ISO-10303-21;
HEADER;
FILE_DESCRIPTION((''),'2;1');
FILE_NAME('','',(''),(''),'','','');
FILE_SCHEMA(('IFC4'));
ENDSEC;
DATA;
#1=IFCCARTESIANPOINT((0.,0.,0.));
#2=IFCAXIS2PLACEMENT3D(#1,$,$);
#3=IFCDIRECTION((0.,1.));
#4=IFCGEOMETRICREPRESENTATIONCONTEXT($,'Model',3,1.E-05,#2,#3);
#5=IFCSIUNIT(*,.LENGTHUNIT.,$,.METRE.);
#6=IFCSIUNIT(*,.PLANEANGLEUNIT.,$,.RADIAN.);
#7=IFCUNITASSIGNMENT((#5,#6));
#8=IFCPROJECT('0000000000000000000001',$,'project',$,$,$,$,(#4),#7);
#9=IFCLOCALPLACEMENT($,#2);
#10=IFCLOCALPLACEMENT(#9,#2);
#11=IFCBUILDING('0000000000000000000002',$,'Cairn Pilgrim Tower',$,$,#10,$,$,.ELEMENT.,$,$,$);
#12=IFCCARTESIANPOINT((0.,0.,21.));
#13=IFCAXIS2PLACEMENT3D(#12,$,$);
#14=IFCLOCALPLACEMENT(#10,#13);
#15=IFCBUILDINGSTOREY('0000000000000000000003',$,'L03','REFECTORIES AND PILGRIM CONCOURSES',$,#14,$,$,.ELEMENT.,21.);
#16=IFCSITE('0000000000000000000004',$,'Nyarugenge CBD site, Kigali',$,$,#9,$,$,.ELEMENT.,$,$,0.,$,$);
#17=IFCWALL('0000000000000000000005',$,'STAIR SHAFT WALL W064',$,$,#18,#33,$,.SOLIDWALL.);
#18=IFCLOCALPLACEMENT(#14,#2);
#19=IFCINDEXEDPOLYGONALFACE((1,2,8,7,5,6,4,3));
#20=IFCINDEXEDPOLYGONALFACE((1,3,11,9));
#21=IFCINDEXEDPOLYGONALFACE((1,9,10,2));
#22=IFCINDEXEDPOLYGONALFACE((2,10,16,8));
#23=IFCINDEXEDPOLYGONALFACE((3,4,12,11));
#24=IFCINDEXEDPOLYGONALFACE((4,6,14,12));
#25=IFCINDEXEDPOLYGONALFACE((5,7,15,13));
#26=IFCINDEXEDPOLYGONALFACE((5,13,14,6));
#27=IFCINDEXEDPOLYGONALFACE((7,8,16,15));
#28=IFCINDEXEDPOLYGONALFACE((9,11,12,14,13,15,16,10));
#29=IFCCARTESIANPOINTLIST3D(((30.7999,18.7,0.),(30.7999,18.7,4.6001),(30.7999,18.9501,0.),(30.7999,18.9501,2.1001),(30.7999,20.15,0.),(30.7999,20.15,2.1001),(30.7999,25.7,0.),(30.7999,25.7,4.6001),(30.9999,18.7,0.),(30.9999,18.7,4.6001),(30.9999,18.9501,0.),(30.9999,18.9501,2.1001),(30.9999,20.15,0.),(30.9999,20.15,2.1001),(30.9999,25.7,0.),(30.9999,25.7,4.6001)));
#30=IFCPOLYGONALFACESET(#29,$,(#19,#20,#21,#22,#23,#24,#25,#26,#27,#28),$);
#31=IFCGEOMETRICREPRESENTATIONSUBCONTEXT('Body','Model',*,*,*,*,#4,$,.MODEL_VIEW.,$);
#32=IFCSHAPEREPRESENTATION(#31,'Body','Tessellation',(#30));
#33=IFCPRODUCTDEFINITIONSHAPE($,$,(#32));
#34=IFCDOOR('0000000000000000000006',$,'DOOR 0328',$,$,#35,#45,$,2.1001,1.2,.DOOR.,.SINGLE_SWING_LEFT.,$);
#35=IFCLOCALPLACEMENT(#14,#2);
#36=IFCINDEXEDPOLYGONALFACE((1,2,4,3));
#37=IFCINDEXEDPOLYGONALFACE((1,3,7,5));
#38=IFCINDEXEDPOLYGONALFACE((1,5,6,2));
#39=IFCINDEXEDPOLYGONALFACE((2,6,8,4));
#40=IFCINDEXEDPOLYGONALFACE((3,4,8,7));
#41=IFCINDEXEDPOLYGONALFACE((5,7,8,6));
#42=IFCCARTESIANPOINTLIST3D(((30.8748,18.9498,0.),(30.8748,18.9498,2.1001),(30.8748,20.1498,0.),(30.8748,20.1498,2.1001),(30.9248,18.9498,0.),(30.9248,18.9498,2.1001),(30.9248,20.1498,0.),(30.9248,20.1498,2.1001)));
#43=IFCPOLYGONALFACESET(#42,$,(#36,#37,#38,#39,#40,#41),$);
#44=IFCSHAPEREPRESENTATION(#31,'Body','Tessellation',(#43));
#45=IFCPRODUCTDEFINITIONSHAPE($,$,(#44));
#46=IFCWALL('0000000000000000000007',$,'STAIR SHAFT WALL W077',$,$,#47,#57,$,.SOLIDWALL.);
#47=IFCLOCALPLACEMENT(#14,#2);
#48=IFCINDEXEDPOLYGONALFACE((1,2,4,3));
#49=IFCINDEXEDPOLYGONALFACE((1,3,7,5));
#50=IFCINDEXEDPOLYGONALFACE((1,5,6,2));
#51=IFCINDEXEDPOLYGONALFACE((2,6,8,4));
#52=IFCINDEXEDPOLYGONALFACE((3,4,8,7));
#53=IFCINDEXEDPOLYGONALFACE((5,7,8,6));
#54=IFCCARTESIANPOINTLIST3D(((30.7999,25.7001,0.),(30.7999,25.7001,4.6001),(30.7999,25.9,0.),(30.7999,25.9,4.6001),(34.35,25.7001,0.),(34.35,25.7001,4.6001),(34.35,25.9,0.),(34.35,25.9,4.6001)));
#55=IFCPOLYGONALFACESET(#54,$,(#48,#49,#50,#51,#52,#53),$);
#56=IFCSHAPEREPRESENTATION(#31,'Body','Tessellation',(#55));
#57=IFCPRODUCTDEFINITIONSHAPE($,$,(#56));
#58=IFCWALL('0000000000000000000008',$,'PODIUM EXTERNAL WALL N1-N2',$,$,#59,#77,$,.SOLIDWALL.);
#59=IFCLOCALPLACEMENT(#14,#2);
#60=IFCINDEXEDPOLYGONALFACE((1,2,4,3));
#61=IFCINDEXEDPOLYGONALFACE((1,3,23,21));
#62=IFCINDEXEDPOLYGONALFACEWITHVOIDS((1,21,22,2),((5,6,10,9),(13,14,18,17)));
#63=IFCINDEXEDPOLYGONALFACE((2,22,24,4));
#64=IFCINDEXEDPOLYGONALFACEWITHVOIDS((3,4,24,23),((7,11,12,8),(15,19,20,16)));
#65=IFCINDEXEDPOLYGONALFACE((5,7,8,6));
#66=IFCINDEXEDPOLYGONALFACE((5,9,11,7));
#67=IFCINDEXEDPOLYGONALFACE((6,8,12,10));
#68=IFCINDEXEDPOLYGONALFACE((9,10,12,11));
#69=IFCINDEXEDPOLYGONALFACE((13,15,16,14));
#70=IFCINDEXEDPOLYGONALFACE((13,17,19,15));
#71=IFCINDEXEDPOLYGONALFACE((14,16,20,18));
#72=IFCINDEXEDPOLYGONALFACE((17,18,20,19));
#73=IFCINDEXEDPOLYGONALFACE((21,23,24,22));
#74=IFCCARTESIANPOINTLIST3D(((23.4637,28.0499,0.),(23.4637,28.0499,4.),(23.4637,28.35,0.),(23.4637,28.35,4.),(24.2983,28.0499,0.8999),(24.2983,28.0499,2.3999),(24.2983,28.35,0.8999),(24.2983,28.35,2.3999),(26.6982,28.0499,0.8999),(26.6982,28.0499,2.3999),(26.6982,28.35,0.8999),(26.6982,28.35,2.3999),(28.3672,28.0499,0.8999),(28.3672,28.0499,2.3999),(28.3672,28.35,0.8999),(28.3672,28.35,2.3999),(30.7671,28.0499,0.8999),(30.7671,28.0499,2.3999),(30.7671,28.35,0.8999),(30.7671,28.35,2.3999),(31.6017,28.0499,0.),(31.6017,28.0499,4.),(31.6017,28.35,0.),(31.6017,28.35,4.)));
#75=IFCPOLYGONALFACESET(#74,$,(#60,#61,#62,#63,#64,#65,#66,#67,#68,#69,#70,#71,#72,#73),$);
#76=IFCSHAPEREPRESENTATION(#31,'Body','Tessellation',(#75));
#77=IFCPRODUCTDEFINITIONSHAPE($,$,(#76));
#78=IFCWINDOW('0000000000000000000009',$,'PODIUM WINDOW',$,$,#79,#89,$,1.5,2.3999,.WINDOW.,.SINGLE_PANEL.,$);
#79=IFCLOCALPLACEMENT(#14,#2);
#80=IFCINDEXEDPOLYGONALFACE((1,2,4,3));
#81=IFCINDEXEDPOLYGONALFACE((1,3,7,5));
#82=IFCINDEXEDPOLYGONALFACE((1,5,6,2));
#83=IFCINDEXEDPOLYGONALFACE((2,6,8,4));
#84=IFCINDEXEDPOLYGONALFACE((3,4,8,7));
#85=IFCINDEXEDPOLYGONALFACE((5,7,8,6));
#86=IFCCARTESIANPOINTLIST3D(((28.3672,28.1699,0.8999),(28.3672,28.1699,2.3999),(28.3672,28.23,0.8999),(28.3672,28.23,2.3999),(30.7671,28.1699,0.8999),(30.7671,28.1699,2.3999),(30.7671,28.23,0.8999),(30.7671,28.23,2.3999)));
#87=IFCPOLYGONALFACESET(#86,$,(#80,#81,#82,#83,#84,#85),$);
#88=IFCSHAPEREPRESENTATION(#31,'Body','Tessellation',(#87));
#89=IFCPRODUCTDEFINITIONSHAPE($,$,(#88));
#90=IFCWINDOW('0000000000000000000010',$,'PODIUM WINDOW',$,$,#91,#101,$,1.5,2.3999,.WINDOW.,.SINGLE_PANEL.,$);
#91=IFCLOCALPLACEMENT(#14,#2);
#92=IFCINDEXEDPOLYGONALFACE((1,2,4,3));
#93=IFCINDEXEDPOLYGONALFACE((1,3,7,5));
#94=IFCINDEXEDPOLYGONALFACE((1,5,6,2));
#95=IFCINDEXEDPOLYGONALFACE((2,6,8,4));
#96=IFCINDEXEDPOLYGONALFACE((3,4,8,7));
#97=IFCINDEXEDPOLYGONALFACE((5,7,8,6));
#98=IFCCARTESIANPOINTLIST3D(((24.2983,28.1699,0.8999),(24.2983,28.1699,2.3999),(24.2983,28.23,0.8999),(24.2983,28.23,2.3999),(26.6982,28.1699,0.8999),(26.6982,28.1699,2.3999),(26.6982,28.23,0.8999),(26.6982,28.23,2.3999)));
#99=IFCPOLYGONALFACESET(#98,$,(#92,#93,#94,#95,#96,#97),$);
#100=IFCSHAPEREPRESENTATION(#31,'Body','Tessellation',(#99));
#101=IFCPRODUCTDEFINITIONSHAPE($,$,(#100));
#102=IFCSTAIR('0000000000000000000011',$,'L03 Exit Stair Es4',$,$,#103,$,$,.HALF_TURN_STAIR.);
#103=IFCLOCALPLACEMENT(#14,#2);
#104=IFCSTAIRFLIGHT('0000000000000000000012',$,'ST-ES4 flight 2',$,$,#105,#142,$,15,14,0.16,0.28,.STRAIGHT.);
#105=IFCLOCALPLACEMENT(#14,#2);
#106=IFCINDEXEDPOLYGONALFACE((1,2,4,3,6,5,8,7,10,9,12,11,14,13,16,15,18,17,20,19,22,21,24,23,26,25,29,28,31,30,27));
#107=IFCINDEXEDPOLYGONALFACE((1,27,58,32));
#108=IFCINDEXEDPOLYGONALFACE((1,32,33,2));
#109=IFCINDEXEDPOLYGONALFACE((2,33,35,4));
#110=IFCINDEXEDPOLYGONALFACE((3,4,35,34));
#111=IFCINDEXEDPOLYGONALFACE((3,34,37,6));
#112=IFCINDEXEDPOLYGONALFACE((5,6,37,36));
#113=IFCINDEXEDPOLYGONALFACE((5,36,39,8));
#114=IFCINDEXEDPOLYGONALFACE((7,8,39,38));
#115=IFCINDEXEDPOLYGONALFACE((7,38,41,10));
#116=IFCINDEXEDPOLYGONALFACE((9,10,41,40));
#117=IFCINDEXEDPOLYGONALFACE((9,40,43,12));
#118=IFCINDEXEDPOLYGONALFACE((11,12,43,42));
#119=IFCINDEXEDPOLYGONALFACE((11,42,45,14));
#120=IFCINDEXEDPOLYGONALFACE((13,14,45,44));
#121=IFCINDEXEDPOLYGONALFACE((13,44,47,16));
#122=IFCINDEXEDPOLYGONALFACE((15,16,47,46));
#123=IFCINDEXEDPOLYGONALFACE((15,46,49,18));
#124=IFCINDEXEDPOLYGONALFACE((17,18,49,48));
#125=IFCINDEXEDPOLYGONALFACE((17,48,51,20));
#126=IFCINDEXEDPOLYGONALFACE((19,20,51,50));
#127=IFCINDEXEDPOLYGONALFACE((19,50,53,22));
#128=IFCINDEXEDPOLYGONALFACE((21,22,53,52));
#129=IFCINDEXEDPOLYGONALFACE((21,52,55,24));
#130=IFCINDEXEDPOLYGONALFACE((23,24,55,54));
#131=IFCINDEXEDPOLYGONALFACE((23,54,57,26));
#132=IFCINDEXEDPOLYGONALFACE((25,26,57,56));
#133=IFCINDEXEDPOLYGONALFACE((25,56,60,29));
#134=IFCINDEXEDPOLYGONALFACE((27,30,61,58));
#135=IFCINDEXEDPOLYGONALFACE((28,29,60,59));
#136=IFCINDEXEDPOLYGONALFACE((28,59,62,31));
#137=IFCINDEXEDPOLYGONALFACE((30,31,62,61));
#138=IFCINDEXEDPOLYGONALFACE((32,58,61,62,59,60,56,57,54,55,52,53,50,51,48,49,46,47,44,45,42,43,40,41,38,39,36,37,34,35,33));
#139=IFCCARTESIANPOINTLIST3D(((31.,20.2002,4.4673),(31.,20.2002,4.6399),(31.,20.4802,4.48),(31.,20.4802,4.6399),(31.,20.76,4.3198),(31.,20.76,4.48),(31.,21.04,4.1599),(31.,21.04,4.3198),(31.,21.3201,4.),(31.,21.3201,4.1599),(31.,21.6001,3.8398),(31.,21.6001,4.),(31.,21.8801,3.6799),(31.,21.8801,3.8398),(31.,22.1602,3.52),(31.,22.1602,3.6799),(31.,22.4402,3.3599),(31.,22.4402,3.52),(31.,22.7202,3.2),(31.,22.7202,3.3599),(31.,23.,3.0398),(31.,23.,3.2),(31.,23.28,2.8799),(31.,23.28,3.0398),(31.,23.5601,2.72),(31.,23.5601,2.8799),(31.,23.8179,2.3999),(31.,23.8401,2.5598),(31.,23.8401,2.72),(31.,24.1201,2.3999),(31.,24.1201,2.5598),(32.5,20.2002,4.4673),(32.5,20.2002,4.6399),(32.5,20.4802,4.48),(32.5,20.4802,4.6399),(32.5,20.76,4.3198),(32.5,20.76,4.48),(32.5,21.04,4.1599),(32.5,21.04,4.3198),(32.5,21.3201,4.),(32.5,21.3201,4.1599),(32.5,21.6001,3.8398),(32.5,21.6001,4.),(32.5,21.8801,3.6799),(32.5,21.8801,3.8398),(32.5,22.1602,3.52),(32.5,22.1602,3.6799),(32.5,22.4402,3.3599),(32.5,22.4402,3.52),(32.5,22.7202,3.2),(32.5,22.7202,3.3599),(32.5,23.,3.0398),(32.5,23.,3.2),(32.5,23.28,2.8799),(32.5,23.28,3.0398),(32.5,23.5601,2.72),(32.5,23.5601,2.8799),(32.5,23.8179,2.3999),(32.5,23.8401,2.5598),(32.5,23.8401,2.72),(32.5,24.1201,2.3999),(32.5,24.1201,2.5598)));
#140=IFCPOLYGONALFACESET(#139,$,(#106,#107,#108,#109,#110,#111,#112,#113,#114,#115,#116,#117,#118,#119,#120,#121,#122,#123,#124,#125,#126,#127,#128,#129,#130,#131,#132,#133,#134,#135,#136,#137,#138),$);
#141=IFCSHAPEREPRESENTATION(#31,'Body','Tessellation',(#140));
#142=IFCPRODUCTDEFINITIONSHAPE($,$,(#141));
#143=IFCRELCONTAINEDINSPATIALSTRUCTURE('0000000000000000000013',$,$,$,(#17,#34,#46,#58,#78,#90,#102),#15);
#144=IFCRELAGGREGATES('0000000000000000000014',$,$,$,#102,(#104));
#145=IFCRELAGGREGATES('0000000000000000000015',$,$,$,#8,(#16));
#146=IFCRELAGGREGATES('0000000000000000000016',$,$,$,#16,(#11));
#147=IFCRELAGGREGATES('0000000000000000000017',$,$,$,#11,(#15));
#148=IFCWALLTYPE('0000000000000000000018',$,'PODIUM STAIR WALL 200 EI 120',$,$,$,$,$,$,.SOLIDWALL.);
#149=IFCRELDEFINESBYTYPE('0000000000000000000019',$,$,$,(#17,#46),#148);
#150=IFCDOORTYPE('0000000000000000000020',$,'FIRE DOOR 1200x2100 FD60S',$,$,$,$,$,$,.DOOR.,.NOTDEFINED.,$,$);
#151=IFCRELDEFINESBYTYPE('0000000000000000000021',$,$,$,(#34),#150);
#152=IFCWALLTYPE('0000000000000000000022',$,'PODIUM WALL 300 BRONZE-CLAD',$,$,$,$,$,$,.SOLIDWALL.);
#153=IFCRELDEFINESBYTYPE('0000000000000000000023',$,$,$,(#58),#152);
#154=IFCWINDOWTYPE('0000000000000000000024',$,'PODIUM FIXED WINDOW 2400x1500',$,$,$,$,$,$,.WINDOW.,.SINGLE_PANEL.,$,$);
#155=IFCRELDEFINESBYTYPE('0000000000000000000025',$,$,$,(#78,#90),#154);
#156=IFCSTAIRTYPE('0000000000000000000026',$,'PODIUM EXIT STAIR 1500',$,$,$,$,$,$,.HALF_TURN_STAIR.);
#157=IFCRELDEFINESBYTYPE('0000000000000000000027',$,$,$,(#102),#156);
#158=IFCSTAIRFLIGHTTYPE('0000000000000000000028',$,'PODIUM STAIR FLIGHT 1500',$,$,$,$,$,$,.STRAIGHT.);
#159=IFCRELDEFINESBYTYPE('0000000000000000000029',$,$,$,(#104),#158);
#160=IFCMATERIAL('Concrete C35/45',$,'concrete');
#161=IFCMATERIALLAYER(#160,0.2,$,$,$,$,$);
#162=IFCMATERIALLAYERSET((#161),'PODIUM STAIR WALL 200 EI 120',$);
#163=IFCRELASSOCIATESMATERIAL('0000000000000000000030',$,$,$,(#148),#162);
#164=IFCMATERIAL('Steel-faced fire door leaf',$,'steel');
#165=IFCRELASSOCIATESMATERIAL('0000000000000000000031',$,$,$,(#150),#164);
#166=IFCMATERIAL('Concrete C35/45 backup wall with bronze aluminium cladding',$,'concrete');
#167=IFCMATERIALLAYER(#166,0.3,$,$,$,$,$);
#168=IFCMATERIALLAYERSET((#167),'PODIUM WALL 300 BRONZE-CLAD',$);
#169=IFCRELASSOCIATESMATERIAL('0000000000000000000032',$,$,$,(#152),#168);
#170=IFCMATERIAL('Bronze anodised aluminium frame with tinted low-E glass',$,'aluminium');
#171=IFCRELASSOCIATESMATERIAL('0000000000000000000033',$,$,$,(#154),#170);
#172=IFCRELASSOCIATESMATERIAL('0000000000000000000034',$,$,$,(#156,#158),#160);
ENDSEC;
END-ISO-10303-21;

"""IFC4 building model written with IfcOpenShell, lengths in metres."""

from ifc_helpers import new_model, si_unit, direction, frame, frame_2d, origin, place, context, subcontext, project, spatial, polyline, rectangle, outline, extrude, material, layer, layer_set, type_object, element, fill, aggregate, save


model = new_model("IFC4")

# Units and contexts
model_context = context("Model", 3, precision=1e-05, world=origin(), true_north=direction((0.0, 1.0)))
body_context = subcontext(model_context, "Body", "Model", "MODEL_VIEW")
ifc_project = project(units=[si_unit("LENGTHUNIT", "METRE"), si_unit("PLANEANGLEUNIT", "RADIAN")], contexts=[model_context])

# Site, building, storey
site_placement = place(None, origin())
site = spatial("IfcSite", under=ifc_project, at=site_placement, Name="Nyarugenge CBD site, Kigali", CompositionType="ELEMENT", RefElevation=0.0)
building_placement = place(site_placement, origin())
building = spatial("IfcBuilding", under=site, at=building_placement, Name="Cairn Pilgrim Tower", CompositionType="ELEMENT")
storey_placement = place(building_placement, frame((0.0, 0.0, 21.0)))
storey = spatial("IfcBuildingStorey", under=building, at=storey_placement, Name="L03", Description="REFECTORIES AND PILGRIM CONCOURSES", CompositionType="ELEMENT", Elevation=21.0)

# Shared definitions
ifc_material_1 = material(Name="Concrete C35/45", Category="concrete")
ifc_layer_1 = layer(ifc_material_1, 0.2)
ifc_layer_set_1 = layer_set([ifc_layer_1], Name="PODIUM STAIR WALL 200 EI 120")
wall_type_1 = type_object("IfcWallType", Name="PODIUM STAIR WALL 200 EI 120", PredefinedType="SOLIDWALL", material=ifc_layer_set_1)

# Wall, opening, door
wall_1_placement = place(storey_placement, frame((30.8999, 18.7, 0.0), z_axis=(0.0, 0.0, 1.0), x_axis=(0.0, 1.0, 0.0)))
wall_1 = element("IfcWall", 1, at=wall_1_placement, inside=storey, type_object=wall_type_1, Name="STAIR SHAFT WALL W064", PredefinedType="SOLIDWALL", context=body_context, shape_type="SweptSolid", body=[
    extrude(rectangle(XDim=7.0, YDim=0.2, at=frame_2d((3.5, 0.0))), origin(), (0.0, 0.0, 1.0), 4.6001),
])
opening_1_placement = place(wall_1_placement, frame((0.25, 0.0, 0.0)))
opening_1 = element("IfcOpeningElement", 2, at=opening_1_placement, cuts=wall_1, PredefinedType="OPENING", context=body_context, shape_type="SweptSolid", body=[
    extrude(rectangle(XDim=1.2, YDim=2.1001, at=frame_2d((0.6001, 1.05))), frame((0.0, 0.1099, 0.0), z_axis=(0.0, -1.0, 0.0), x_axis=(1.0, 0.0, 0.0)), (0.0, 0.0, 1.0), 0.22),
])
ifc_material_2 = material(Name="Steel-faced fire door leaf", Category="steel")
door_type_1 = type_object("IfcDoorType", Name="FIRE DOOR 1200x2100 FD60S", OperationType="NOTDEFINED", PredefinedType="DOOR", material=ifc_material_2)
door_1_placement = place(opening_1_placement, frame((1.2, 0.0, 0.0), z_axis=(0.0, 0.0, 1.0), x_axis=(-1.0, 0.0, 0.0)))
door_1 = element("IfcDoor", 3, at=door_1_placement, inside=storey, type_object=door_type_1, Name="DOOR 0328", OperationType="SINGLE_SWING_LEFT", OverallHeight=2.1001, OverallWidth=1.2, PredefinedType="DOOR", context=body_context, shape_type="SweptSolid", body=[
    extrude(rectangle(XDim=1.2, YDim=2.1001, at=frame_2d((0.6001, 1.05))), frame((0.0, 0.0249, 0.0), z_axis=(0.0, -1.0, 0.0), x_axis=(1.0, 0.0, 0.0)), (0.0, 0.0, 1.0), 0.05),
])
fill(opening_1, door_1)

# Wall
wall_2_placement = place(storey_placement, frame((30.8, 25.8, 0.0), z_axis=(0.0, 0.0, 1.0), x_axis=(1.0, 0.0, 0.0)))
element("IfcWall", 4, at=wall_2_placement, inside=storey, type_object=wall_type_1, Name="STAIR SHAFT WALL W077", PredefinedType="SOLIDWALL", context=body_context, shape_type="SweptSolid", body=[
    extrude(rectangle(XDim=3.55, YDim=0.2, at=frame_2d((1.7749, 0.0))), origin(), (0.0, 0.0, 1.0), 4.6001),
])

# Wall, openings, windows
ifc_material_3 = material(Name="Concrete C35/45 backup wall with bronze aluminium cladding", Category="concrete")
ifc_layer_2 = layer(ifc_material_3, 0.3)
ifc_layer_set_2 = layer_set([ifc_layer_2], Name="PODIUM WALL 300 BRONZE-CLAD")
wall_type_2 = type_object("IfcWallType", Name="PODIUM WALL 300 BRONZE-CLAD", PredefinedType="SOLIDWALL", material=ifc_layer_set_2)
wall_3_placement = place(storey_placement, frame((31.6016, 28.2, 0.0), z_axis=(0.0, 0.0, 1.0), x_axis=(-1.0, 0.0, 0.0)))
wall_3 = element("IfcWall", 5, at=wall_3_placement, inside=storey, type_object=wall_type_2, Name="PODIUM EXTERNAL WALL N1-N2", PredefinedType="SOLIDWALL", context=body_context, shape_type="SweptSolid", body=[
    extrude(rectangle(XDim=8.1379, YDim=0.3, at=frame_2d((4.0688, 0.0))), origin(), (0.0, 0.0, 1.0), 4.0),
])
opening_2_placement = place(wall_3_placement, frame((0.8345, 0.0, 0.8999)))
opening_2 = element("IfcOpeningElement", 6, at=opening_2_placement, cuts=wall_3, PredefinedType="OPENING", context=body_context, shape_type="SweptSolid", body=[
    extrude(rectangle(XDim=2.3999, YDim=1.5, at=frame_2d((1.2, 0.75))), frame((0.0, 0.1602, 0.0), z_axis=(0.0, -1.0, 0.0), x_axis=(1.0, 0.0, 0.0)), (0.0, 0.0, 1.0), 0.3201),
])
opening_3_placement = place(wall_3_placement, frame((4.9033, 0.0, 0.8999)))
opening_3 = element("IfcOpeningElement", 7, at=opening_3_placement, cuts=wall_3, PredefinedType="OPENING", context=body_context, shape_type="SweptSolid", body=[
    extrude(rectangle(XDim=2.3999, YDim=1.5, at=frame_2d((1.2, 0.75))), frame((0.0, 0.1602, 0.0), z_axis=(0.0, -1.0, 0.0), x_axis=(1.0, 0.0, 0.0)), (0.0, 0.0, 1.0), 0.3201),
])
ifc_material_4 = material(Name="Bronze anodised aluminium frame with tinted low-E glass", Category="aluminium")
window_type = type_object("IfcWindowType", Name="PODIUM FIXED WINDOW 2400x1500", PartitioningType="SINGLE_PANEL", PredefinedType="WINDOW", material=ifc_material_4)
window_1_placement = place(opening_2_placement, origin())
window_1 = element("IfcWindow", 8, at=window_1_placement, inside=storey, type_object=window_type, Name="PODIUM WINDOW", OverallHeight=1.5, OverallWidth=2.3999, PartitioningType="SINGLE_PANEL", PredefinedType="WINDOW", context=body_context, shape_type="SweptSolid", body=[
    extrude(rectangle(XDim=2.3999, YDim=1.5, at=frame_2d((1.2, 0.75))), frame((0.0, 0.03, 0.0), z_axis=(0.0, -1.0, 0.0), x_axis=(1.0, 0.0, 0.0)), (0.0, 0.0, 1.0), 0.0601),
])
fill(opening_2, window_1)
window_2_placement = place(opening_3_placement, origin())
window_2 = element("IfcWindow", 9, at=window_2_placement, inside=storey, type_object=window_type, Name="PODIUM WINDOW", OverallHeight=1.5, OverallWidth=2.3999, PartitioningType="SINGLE_PANEL", PredefinedType="WINDOW", context=body_context, shape_type="SweptSolid", body=[
    extrude(rectangle(XDim=2.3999, YDim=1.5, at=frame_2d((1.2, 0.75))), frame((0.0, 0.03, 0.0), z_axis=(0.0, -1.0, 0.0), x_axis=(1.0, 0.0, 0.0)), (0.0, 0.0, 1.0), 0.0601),
])
fill(opening_3, window_2)

# Stair, stair flight
stair_type = type_object("IfcStairType", Name="PODIUM EXIT STAIR 1500", PredefinedType="HALF_TURN_STAIR", material=ifc_material_1)
stair_placement = place(storey_placement, origin())
stair = element("IfcStair", 10, at=stair_placement, inside=storey, type_object=stair_type, Name="L03 Exit Stair Es4", PredefinedType="HALF_TURN_STAIR")
stair_flight_type = type_object("IfcStairFlightType", Name="PODIUM STAIR FLIGHT 1500", PredefinedType="STRAIGHT", material=ifc_material_1)
stair_flight_placement = place(storey_placement, frame((31.75, 24.1201, 2.3999), z_axis=(0.0, 0.0, 1.0), x_axis=(0.0, -1.0, 0.0)))
stair_flight = element("IfcStairFlight", 11, at=stair_flight_placement, type_object=stair_flight_type, Name="ST-ES4 flight 2", NumberOfRisers=15, NumberOfTreads=14, PredefinedType="STRAIGHT", RiserHeight=0.16, TreadLength=0.28, context=body_context, shape_type="SweptSolid", body=[
    extrude(outline(polyline([(0.0, 0.0), (0.0, 0.1599), (0.28, 0.1599), (0.28, 0.3201), (0.5601, 0.3201), (0.5601, 0.48), (0.8401, 0.48), (0.8401, 0.6399), (1.1201, 0.6399), (1.1201, 0.8), (1.3999, 0.8), (1.3999, 0.96), (1.6799, 0.96), (1.6799, 1.1201), (1.96, 1.1201), (1.96, 1.28), (2.24, 1.28), (2.24, 1.4399), (2.52, 1.4399), (2.52, 1.6001), (2.8, 1.6001), (2.8, 1.76), (3.0801, 1.76), (3.0801, 1.9199), (3.3601, 1.9199), (3.3601, 2.0801), (3.6399, 2.0801), (3.6399, 2.24), (3.9199, 2.24), (3.9199, 2.3999), (3.9199, 2.0674), (0.3022, 0.0), (0.0, 0.0)])), frame((0.0, 0.75, 0.0), z_axis=(0.0, -1.0, 0.0), x_axis=(1.0, 0.0, 0.0)), (0.0, 0.0, 1.0), 1.5),
])
aggregate(stair, [stair_flight])

save(model, "model.ifc")
